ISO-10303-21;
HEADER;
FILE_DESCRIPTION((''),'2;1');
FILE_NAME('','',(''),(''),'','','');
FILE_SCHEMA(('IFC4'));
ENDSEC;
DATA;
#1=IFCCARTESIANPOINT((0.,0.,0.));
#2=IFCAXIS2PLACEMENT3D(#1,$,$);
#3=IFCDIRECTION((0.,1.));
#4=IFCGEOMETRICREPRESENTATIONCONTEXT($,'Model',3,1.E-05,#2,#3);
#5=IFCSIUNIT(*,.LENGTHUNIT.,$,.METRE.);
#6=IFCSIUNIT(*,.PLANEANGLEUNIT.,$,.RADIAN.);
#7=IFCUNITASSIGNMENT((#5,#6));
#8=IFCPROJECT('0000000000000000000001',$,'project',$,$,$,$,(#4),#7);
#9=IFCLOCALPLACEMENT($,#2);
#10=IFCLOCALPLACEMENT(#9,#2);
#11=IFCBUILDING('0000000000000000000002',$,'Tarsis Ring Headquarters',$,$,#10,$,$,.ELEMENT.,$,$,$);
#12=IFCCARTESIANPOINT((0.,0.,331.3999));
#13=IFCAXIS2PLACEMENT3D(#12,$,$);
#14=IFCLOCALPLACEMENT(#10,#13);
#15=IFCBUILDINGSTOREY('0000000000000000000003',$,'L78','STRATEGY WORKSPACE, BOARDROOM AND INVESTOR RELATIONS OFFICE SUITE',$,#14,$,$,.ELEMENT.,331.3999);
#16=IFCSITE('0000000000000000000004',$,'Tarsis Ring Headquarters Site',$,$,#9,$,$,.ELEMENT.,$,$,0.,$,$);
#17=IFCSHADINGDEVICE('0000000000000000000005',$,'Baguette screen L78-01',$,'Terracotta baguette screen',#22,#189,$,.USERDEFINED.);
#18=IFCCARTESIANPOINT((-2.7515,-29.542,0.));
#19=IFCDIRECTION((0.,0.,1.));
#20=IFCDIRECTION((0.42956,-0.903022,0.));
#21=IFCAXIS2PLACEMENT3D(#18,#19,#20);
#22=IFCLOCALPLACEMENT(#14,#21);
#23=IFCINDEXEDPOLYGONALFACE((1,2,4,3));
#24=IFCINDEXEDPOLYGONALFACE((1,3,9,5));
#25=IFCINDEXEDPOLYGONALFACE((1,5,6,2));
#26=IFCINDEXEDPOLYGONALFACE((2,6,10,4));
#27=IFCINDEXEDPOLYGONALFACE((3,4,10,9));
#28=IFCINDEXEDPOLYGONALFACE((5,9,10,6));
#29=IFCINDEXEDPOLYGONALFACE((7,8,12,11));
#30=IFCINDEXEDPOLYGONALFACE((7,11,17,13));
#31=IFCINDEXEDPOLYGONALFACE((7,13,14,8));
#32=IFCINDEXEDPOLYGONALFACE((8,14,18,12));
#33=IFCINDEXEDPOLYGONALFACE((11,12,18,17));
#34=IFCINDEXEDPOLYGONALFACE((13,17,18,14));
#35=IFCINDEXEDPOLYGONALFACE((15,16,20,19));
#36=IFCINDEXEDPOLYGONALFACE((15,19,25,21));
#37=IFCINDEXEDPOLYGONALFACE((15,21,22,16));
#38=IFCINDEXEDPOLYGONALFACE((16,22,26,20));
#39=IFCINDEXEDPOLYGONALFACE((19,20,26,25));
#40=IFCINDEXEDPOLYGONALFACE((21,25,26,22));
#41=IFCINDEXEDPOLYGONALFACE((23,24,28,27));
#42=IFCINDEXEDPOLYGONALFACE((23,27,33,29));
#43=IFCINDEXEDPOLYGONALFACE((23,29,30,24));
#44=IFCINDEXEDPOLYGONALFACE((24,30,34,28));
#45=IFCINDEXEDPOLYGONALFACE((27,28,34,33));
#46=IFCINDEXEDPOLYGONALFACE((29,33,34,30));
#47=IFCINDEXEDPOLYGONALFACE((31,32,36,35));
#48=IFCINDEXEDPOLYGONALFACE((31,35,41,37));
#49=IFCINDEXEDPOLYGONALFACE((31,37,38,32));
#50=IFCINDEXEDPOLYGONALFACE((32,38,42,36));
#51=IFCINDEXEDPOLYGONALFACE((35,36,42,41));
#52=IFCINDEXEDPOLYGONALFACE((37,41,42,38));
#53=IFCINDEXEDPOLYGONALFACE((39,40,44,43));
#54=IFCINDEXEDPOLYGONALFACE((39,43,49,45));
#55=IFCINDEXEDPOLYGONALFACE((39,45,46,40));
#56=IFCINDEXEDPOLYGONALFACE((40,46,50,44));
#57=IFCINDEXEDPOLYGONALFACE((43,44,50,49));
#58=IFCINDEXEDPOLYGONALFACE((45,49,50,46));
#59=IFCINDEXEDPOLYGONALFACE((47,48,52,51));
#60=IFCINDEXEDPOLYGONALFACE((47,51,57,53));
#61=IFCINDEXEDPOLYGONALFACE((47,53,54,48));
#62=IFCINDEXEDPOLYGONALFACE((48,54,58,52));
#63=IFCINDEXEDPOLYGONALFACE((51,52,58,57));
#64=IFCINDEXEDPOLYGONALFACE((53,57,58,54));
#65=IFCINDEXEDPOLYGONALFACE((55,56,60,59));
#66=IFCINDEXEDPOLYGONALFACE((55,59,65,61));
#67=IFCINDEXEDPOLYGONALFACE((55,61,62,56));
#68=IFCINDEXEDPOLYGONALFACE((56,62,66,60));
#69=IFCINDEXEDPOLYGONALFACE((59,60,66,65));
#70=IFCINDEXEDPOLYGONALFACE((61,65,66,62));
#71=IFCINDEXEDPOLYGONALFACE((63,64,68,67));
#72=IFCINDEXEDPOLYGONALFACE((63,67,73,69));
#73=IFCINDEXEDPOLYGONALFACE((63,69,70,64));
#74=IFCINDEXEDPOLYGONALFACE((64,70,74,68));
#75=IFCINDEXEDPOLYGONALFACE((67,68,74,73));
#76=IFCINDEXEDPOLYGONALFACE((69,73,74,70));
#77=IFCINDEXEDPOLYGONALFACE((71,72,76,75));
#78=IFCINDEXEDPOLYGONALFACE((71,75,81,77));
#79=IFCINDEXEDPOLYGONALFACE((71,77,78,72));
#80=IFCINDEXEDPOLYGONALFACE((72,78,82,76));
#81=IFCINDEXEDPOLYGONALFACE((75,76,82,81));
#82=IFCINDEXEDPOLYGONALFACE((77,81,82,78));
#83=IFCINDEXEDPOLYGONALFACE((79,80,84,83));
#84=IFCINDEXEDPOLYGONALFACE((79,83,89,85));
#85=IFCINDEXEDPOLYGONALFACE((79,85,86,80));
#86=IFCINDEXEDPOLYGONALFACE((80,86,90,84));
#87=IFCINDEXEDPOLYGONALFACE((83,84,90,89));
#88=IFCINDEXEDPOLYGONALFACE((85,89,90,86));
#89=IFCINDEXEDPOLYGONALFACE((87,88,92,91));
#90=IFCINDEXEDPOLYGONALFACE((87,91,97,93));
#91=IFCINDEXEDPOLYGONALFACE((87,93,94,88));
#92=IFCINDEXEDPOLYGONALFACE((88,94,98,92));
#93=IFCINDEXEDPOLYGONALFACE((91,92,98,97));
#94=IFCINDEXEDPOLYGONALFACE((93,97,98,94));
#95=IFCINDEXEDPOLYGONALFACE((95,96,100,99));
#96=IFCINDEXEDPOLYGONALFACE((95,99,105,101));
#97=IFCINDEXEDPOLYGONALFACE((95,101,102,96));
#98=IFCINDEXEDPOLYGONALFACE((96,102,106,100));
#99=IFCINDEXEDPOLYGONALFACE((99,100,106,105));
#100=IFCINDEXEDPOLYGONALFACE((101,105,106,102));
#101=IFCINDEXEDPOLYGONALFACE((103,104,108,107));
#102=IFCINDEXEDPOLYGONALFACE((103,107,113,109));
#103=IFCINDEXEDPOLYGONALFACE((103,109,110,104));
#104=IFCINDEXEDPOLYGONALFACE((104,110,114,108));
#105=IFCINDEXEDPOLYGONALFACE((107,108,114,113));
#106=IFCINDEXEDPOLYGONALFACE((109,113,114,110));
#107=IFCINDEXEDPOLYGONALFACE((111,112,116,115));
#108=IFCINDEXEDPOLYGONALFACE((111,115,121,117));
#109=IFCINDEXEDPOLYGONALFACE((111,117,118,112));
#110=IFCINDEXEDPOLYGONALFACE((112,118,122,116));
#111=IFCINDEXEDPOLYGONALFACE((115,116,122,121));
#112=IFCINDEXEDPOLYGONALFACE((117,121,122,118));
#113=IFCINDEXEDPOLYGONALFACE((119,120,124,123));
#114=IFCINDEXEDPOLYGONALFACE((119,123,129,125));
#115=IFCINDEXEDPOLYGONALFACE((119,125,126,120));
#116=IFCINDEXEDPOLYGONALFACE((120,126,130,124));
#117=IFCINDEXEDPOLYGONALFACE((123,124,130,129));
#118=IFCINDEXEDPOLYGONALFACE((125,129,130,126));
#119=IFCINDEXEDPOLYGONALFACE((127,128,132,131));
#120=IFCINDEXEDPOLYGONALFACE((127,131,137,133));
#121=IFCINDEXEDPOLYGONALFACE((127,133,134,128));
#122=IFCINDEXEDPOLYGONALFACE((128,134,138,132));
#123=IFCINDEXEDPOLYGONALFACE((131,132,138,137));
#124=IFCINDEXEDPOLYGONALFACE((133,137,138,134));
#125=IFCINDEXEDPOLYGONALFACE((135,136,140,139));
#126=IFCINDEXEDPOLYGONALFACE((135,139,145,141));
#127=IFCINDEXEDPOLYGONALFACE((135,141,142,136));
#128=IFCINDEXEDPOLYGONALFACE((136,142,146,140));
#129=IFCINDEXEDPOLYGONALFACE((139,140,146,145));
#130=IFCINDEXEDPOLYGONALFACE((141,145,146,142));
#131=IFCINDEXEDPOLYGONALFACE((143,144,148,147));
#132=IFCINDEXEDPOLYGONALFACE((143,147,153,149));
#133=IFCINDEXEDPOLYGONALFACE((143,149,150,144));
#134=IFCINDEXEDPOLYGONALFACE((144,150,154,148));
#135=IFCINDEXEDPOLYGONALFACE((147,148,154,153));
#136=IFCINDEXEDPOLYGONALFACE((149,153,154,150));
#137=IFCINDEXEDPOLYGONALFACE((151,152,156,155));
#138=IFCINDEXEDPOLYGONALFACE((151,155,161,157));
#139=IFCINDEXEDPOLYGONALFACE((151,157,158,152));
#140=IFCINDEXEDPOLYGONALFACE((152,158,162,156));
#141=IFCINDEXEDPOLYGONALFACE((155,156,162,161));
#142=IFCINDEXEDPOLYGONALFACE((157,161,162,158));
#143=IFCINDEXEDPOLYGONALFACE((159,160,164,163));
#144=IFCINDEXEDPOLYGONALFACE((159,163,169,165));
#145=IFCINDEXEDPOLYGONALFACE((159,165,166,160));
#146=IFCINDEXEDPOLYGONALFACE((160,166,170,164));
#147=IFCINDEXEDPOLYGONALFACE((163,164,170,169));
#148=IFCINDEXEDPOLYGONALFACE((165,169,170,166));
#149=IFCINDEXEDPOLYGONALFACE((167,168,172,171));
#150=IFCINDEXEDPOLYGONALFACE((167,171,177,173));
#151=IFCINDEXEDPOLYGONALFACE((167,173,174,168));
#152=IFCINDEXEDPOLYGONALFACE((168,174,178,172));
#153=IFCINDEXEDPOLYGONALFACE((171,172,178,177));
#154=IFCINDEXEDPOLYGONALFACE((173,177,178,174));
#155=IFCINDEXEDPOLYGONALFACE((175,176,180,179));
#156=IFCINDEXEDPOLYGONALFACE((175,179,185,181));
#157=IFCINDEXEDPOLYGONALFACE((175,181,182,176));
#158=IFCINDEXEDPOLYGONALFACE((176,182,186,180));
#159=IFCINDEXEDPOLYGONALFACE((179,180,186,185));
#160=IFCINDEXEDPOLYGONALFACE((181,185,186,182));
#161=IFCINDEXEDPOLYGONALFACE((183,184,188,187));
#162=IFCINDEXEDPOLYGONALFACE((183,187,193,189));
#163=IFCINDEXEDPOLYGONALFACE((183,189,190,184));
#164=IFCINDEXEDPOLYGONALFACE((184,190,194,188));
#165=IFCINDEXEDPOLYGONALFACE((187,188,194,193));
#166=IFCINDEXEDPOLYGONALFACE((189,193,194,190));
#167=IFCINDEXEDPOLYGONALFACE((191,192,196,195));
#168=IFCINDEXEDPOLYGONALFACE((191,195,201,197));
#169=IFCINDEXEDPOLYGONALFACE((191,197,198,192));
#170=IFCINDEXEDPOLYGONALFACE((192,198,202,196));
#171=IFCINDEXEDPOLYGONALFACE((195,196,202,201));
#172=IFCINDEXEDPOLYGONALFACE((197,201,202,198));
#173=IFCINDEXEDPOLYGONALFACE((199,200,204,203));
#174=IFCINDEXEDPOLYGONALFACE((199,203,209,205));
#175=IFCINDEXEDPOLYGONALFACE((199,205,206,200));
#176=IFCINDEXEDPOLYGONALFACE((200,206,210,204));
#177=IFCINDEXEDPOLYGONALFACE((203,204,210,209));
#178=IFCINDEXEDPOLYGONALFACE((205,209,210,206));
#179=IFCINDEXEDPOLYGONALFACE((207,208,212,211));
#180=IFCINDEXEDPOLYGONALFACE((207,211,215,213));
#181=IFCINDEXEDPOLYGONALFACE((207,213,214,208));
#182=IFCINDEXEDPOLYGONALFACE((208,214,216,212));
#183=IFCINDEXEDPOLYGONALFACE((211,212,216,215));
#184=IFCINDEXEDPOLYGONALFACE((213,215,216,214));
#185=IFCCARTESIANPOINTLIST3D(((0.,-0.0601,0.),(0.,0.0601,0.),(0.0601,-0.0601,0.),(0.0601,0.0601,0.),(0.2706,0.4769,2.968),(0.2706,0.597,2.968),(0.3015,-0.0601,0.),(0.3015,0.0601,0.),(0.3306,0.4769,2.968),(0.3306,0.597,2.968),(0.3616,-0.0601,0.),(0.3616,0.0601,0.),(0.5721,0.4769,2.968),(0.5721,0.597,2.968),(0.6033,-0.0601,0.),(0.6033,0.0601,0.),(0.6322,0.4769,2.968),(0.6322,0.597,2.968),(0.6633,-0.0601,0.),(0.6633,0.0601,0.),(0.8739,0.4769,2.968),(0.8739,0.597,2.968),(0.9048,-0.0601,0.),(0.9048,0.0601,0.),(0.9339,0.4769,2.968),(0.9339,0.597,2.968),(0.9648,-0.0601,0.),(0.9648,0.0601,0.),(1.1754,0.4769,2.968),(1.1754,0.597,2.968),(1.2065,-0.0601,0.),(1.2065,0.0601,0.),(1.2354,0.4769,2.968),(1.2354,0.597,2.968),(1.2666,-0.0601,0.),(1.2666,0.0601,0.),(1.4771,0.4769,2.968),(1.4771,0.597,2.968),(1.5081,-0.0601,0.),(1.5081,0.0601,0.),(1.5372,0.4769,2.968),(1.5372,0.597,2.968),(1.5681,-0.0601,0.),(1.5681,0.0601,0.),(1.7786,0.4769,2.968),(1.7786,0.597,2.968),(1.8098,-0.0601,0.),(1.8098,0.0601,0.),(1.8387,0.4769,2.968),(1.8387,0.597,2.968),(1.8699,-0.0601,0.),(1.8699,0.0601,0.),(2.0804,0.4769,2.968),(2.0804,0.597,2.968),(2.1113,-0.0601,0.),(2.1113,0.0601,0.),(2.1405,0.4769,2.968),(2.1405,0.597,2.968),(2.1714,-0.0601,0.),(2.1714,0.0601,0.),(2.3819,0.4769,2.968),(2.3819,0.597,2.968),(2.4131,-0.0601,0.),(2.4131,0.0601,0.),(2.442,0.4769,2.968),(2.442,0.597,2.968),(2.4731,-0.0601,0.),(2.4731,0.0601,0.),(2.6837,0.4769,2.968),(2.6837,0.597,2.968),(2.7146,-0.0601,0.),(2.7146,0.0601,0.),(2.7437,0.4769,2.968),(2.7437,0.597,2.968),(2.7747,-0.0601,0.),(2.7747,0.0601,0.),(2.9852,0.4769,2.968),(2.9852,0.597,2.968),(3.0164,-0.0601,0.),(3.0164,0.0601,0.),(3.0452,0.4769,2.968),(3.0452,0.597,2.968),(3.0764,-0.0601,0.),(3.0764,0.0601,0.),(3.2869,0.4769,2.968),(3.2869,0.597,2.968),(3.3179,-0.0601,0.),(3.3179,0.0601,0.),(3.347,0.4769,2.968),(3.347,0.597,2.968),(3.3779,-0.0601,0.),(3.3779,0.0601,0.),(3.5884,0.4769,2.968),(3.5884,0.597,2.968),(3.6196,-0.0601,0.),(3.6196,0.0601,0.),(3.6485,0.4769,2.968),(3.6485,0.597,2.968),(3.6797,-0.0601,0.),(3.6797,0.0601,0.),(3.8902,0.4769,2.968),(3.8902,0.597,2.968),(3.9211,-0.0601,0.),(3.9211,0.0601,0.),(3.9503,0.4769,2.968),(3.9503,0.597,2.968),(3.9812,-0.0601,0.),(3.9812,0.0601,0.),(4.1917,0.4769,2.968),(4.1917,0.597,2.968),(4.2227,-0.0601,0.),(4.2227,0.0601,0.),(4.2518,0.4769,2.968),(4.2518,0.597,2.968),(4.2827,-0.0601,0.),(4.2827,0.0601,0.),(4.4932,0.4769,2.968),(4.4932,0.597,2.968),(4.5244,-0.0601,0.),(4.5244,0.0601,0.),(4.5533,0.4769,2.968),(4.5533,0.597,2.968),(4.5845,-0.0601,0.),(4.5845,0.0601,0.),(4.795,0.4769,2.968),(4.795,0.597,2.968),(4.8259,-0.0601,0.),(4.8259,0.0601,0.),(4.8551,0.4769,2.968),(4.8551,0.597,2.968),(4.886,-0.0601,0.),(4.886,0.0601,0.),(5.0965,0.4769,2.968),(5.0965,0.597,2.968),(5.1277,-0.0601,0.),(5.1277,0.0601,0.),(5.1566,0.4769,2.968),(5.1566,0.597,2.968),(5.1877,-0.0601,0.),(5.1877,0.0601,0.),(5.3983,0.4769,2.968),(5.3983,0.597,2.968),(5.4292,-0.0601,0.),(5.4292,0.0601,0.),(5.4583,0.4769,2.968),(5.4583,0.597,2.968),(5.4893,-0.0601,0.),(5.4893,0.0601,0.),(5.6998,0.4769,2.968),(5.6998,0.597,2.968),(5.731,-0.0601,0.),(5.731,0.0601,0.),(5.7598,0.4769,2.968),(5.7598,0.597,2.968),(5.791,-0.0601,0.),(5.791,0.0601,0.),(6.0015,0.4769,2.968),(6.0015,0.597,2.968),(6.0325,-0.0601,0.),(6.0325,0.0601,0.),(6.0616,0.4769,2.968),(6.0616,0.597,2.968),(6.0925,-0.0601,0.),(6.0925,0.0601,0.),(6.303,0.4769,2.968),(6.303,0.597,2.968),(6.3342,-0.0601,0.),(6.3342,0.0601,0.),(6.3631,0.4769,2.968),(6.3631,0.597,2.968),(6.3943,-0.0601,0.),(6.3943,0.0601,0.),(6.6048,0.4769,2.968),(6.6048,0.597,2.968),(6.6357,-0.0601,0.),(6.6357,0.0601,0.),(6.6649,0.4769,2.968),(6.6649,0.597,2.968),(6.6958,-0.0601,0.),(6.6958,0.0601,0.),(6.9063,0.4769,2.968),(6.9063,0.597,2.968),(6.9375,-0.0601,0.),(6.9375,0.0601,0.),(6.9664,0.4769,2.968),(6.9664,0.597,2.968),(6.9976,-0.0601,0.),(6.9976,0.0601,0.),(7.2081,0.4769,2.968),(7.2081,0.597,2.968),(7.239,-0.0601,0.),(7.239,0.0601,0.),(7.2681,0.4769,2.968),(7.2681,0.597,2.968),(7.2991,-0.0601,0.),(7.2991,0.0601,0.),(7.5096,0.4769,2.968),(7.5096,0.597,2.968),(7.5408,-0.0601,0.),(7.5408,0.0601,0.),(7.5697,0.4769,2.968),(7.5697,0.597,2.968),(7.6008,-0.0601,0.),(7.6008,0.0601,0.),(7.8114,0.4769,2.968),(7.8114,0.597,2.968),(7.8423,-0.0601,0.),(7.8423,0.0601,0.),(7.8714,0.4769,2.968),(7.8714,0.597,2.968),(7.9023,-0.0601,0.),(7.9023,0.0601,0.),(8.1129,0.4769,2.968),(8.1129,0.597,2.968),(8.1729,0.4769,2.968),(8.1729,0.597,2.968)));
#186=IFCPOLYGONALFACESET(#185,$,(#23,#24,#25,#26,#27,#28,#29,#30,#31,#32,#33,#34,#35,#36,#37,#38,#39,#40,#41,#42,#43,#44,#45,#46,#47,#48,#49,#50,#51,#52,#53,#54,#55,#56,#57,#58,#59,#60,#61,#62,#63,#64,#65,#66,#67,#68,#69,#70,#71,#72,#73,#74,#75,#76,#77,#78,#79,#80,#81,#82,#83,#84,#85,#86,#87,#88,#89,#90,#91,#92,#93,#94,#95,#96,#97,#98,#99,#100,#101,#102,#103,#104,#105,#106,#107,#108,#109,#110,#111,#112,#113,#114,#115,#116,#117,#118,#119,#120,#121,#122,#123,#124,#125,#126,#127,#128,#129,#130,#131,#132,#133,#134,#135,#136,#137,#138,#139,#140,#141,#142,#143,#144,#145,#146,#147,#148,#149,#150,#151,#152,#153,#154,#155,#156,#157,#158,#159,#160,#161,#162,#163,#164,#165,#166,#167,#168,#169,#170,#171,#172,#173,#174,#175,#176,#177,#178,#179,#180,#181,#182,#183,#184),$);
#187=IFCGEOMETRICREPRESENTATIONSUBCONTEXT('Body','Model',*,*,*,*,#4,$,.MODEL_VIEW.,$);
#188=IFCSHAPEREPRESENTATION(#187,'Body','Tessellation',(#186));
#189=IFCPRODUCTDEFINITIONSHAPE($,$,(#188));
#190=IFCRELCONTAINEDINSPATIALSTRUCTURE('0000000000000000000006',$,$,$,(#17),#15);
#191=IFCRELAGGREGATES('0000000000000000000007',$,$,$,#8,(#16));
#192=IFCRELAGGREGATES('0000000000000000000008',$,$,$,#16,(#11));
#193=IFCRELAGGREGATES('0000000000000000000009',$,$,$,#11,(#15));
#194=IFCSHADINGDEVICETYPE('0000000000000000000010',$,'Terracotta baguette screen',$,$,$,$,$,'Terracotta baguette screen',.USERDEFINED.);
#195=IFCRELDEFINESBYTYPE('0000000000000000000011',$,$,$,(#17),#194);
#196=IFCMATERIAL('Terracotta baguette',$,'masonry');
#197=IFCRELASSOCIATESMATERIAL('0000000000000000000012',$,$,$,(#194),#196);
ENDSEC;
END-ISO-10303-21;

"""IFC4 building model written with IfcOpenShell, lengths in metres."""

from ifc_helpers import new_model, si_unit, direction, frame, frame_2d, origin, place, context, subcontext, project, spatial, rectangle, composite_profile, extrude, material, type_object, element, save


model = new_model("IFC4")

# Units and contexts
model_context = context("Model", 3, precision=1e-05, world=origin(), true_north=direction((0.0, 1.0)))
body_context = subcontext(model_context, "Body", "Model", "MODEL_VIEW")
ifc_project = project(units=[si_unit("LENGTHUNIT", "METRE"), si_unit("PLANEANGLEUNIT", "RADIAN")], contexts=[model_context])

# Site, building, storey
site_placement = place(None, origin())
site = spatial("IfcSite", under=ifc_project, at=site_placement, Name="Tarsis Ring Headquarters Site", CompositionType="ELEMENT", RefElevation=0.0)
building_placement = place(site_placement, origin())
building = spatial("IfcBuilding", under=site, at=building_placement, Name="Tarsis Ring Headquarters", CompositionType="ELEMENT")
storey_placement = place(building_placement, frame((0.0, 0.0, 331.3999)))
storey = spatial("IfcBuildingStorey", under=building, at=storey_placement, Name="L78", Description="STRATEGY WORKSPACE, BOARDROOM AND INVESTOR RELATIONS OFFICE SUITE", CompositionType="ELEMENT", Elevation=331.3999)

# Shading device
ifc_material_1 = material(Name="Terracotta baguette", Category="masonry")
shading_device_type = type_object("IfcShadingDeviceType", Name="Terracotta baguette screen", ElementType="Terracotta baguette screen", PredefinedType="USERDEFINED", material=ifc_material_1)
shading_device_1_placement = place(storey_placement, frame((-2.7515, -29.542, 0.0), z_axis=(0.0, 0.0, 1.0), x_axis=(0.42956, -0.903022, 0.0)))
element("IfcShadingDevice", 1, at=shading_device_1_placement, inside=storey, type_object=shading_device_type, Name="Baguette screen L78-01", ObjectType="Terracotta baguette screen", PredefinedType="USERDEFINED", context=body_context, shape_type="SweptSolid", body=[
    extrude(composite_profile([rectangle(XDim=0.0601, YDim=0.1201, at=frame_2d((0.03, 0.0))), rectangle(XDim=0.0601, YDim=0.1201, at=frame_2d((0.3315, 0.0))), rectangle(XDim=0.0601, YDim=0.1201, at=frame_2d((0.6333, 0.0))), rectangle(XDim=0.0601, YDim=0.1201, at=frame_2d((0.9348, 0.0))), rectangle(XDim=0.0601, YDim=0.1201, at=frame_2d((1.2366, 0.0))), rectangle(XDim=0.0601, YDim=0.1201, at=frame_2d((1.5381, 0.0))), rectangle(XDim=0.0601, YDim=0.1201, at=frame_2d((1.8398, 0.0))), rectangle(XDim=0.0601, YDim=0.1201, at=frame_2d((2.1414, 0.0))), rectangle(XDim=0.0601, YDim=0.1201, at=frame_2d((2.4431, 0.0))), rectangle(XDim=0.0601, YDim=0.1201, at=frame_2d((2.7446, 0.0))), rectangle(XDim=0.0601, YDim=0.1201, at=frame_2d((3.0464, 0.0))), rectangle(XDim=0.0601, YDim=0.1201, at=frame_2d((3.3479, 0.0))), rectangle(XDim=0.0601, YDim=0.1201, at=frame_2d((3.6497, 0.0))), rectangle(XDim=0.0601, YDim=0.1201, at=frame_2d((3.9512, 0.0))), rectangle(XDim=0.0601, YDim=0.1201, at=frame_2d((4.2527, 0.0))), rectangle(XDim=0.0601, YDim=0.1201, at=frame_2d((4.5544, 0.0))), rectangle(XDim=0.0601, YDim=0.1201, at=frame_2d((4.856, 0.0))), rectangle(XDim=0.0601, YDim=0.1201, at=frame_2d((5.1577, 0.0))), rectangle(XDim=0.0601, YDim=0.1201, at=frame_2d((5.4592, 0.0))), rectangle(XDim=0.0601, YDim=0.1201, at=frame_2d((5.761, 0.0))), rectangle(XDim=0.0601, YDim=0.1201, at=frame_2d((6.0625, 0.0))), rectangle(XDim=0.0601, YDim=0.1201, at=frame_2d((6.3643, 0.0))), rectangle(XDim=0.0601, YDim=0.1201, at=frame_2d((6.6658, 0.0))), rectangle(XDim=0.0601, YDim=0.1201, at=frame_2d((6.9675, 0.0))), rectangle(XDim=0.0601, YDim=0.1201, at=frame_2d((7.269, 0.0))), rectangle(XDim=0.0601, YDim=0.1201, at=frame_2d((7.5708, 0.0))), rectangle(XDim=0.0601, YDim=0.1201, at=frame_2d((7.8723, 0.0)))]), origin(), (0.089349, 0.177314, 0.98009), 3.0283),
])

save(model, "model.ifc")
